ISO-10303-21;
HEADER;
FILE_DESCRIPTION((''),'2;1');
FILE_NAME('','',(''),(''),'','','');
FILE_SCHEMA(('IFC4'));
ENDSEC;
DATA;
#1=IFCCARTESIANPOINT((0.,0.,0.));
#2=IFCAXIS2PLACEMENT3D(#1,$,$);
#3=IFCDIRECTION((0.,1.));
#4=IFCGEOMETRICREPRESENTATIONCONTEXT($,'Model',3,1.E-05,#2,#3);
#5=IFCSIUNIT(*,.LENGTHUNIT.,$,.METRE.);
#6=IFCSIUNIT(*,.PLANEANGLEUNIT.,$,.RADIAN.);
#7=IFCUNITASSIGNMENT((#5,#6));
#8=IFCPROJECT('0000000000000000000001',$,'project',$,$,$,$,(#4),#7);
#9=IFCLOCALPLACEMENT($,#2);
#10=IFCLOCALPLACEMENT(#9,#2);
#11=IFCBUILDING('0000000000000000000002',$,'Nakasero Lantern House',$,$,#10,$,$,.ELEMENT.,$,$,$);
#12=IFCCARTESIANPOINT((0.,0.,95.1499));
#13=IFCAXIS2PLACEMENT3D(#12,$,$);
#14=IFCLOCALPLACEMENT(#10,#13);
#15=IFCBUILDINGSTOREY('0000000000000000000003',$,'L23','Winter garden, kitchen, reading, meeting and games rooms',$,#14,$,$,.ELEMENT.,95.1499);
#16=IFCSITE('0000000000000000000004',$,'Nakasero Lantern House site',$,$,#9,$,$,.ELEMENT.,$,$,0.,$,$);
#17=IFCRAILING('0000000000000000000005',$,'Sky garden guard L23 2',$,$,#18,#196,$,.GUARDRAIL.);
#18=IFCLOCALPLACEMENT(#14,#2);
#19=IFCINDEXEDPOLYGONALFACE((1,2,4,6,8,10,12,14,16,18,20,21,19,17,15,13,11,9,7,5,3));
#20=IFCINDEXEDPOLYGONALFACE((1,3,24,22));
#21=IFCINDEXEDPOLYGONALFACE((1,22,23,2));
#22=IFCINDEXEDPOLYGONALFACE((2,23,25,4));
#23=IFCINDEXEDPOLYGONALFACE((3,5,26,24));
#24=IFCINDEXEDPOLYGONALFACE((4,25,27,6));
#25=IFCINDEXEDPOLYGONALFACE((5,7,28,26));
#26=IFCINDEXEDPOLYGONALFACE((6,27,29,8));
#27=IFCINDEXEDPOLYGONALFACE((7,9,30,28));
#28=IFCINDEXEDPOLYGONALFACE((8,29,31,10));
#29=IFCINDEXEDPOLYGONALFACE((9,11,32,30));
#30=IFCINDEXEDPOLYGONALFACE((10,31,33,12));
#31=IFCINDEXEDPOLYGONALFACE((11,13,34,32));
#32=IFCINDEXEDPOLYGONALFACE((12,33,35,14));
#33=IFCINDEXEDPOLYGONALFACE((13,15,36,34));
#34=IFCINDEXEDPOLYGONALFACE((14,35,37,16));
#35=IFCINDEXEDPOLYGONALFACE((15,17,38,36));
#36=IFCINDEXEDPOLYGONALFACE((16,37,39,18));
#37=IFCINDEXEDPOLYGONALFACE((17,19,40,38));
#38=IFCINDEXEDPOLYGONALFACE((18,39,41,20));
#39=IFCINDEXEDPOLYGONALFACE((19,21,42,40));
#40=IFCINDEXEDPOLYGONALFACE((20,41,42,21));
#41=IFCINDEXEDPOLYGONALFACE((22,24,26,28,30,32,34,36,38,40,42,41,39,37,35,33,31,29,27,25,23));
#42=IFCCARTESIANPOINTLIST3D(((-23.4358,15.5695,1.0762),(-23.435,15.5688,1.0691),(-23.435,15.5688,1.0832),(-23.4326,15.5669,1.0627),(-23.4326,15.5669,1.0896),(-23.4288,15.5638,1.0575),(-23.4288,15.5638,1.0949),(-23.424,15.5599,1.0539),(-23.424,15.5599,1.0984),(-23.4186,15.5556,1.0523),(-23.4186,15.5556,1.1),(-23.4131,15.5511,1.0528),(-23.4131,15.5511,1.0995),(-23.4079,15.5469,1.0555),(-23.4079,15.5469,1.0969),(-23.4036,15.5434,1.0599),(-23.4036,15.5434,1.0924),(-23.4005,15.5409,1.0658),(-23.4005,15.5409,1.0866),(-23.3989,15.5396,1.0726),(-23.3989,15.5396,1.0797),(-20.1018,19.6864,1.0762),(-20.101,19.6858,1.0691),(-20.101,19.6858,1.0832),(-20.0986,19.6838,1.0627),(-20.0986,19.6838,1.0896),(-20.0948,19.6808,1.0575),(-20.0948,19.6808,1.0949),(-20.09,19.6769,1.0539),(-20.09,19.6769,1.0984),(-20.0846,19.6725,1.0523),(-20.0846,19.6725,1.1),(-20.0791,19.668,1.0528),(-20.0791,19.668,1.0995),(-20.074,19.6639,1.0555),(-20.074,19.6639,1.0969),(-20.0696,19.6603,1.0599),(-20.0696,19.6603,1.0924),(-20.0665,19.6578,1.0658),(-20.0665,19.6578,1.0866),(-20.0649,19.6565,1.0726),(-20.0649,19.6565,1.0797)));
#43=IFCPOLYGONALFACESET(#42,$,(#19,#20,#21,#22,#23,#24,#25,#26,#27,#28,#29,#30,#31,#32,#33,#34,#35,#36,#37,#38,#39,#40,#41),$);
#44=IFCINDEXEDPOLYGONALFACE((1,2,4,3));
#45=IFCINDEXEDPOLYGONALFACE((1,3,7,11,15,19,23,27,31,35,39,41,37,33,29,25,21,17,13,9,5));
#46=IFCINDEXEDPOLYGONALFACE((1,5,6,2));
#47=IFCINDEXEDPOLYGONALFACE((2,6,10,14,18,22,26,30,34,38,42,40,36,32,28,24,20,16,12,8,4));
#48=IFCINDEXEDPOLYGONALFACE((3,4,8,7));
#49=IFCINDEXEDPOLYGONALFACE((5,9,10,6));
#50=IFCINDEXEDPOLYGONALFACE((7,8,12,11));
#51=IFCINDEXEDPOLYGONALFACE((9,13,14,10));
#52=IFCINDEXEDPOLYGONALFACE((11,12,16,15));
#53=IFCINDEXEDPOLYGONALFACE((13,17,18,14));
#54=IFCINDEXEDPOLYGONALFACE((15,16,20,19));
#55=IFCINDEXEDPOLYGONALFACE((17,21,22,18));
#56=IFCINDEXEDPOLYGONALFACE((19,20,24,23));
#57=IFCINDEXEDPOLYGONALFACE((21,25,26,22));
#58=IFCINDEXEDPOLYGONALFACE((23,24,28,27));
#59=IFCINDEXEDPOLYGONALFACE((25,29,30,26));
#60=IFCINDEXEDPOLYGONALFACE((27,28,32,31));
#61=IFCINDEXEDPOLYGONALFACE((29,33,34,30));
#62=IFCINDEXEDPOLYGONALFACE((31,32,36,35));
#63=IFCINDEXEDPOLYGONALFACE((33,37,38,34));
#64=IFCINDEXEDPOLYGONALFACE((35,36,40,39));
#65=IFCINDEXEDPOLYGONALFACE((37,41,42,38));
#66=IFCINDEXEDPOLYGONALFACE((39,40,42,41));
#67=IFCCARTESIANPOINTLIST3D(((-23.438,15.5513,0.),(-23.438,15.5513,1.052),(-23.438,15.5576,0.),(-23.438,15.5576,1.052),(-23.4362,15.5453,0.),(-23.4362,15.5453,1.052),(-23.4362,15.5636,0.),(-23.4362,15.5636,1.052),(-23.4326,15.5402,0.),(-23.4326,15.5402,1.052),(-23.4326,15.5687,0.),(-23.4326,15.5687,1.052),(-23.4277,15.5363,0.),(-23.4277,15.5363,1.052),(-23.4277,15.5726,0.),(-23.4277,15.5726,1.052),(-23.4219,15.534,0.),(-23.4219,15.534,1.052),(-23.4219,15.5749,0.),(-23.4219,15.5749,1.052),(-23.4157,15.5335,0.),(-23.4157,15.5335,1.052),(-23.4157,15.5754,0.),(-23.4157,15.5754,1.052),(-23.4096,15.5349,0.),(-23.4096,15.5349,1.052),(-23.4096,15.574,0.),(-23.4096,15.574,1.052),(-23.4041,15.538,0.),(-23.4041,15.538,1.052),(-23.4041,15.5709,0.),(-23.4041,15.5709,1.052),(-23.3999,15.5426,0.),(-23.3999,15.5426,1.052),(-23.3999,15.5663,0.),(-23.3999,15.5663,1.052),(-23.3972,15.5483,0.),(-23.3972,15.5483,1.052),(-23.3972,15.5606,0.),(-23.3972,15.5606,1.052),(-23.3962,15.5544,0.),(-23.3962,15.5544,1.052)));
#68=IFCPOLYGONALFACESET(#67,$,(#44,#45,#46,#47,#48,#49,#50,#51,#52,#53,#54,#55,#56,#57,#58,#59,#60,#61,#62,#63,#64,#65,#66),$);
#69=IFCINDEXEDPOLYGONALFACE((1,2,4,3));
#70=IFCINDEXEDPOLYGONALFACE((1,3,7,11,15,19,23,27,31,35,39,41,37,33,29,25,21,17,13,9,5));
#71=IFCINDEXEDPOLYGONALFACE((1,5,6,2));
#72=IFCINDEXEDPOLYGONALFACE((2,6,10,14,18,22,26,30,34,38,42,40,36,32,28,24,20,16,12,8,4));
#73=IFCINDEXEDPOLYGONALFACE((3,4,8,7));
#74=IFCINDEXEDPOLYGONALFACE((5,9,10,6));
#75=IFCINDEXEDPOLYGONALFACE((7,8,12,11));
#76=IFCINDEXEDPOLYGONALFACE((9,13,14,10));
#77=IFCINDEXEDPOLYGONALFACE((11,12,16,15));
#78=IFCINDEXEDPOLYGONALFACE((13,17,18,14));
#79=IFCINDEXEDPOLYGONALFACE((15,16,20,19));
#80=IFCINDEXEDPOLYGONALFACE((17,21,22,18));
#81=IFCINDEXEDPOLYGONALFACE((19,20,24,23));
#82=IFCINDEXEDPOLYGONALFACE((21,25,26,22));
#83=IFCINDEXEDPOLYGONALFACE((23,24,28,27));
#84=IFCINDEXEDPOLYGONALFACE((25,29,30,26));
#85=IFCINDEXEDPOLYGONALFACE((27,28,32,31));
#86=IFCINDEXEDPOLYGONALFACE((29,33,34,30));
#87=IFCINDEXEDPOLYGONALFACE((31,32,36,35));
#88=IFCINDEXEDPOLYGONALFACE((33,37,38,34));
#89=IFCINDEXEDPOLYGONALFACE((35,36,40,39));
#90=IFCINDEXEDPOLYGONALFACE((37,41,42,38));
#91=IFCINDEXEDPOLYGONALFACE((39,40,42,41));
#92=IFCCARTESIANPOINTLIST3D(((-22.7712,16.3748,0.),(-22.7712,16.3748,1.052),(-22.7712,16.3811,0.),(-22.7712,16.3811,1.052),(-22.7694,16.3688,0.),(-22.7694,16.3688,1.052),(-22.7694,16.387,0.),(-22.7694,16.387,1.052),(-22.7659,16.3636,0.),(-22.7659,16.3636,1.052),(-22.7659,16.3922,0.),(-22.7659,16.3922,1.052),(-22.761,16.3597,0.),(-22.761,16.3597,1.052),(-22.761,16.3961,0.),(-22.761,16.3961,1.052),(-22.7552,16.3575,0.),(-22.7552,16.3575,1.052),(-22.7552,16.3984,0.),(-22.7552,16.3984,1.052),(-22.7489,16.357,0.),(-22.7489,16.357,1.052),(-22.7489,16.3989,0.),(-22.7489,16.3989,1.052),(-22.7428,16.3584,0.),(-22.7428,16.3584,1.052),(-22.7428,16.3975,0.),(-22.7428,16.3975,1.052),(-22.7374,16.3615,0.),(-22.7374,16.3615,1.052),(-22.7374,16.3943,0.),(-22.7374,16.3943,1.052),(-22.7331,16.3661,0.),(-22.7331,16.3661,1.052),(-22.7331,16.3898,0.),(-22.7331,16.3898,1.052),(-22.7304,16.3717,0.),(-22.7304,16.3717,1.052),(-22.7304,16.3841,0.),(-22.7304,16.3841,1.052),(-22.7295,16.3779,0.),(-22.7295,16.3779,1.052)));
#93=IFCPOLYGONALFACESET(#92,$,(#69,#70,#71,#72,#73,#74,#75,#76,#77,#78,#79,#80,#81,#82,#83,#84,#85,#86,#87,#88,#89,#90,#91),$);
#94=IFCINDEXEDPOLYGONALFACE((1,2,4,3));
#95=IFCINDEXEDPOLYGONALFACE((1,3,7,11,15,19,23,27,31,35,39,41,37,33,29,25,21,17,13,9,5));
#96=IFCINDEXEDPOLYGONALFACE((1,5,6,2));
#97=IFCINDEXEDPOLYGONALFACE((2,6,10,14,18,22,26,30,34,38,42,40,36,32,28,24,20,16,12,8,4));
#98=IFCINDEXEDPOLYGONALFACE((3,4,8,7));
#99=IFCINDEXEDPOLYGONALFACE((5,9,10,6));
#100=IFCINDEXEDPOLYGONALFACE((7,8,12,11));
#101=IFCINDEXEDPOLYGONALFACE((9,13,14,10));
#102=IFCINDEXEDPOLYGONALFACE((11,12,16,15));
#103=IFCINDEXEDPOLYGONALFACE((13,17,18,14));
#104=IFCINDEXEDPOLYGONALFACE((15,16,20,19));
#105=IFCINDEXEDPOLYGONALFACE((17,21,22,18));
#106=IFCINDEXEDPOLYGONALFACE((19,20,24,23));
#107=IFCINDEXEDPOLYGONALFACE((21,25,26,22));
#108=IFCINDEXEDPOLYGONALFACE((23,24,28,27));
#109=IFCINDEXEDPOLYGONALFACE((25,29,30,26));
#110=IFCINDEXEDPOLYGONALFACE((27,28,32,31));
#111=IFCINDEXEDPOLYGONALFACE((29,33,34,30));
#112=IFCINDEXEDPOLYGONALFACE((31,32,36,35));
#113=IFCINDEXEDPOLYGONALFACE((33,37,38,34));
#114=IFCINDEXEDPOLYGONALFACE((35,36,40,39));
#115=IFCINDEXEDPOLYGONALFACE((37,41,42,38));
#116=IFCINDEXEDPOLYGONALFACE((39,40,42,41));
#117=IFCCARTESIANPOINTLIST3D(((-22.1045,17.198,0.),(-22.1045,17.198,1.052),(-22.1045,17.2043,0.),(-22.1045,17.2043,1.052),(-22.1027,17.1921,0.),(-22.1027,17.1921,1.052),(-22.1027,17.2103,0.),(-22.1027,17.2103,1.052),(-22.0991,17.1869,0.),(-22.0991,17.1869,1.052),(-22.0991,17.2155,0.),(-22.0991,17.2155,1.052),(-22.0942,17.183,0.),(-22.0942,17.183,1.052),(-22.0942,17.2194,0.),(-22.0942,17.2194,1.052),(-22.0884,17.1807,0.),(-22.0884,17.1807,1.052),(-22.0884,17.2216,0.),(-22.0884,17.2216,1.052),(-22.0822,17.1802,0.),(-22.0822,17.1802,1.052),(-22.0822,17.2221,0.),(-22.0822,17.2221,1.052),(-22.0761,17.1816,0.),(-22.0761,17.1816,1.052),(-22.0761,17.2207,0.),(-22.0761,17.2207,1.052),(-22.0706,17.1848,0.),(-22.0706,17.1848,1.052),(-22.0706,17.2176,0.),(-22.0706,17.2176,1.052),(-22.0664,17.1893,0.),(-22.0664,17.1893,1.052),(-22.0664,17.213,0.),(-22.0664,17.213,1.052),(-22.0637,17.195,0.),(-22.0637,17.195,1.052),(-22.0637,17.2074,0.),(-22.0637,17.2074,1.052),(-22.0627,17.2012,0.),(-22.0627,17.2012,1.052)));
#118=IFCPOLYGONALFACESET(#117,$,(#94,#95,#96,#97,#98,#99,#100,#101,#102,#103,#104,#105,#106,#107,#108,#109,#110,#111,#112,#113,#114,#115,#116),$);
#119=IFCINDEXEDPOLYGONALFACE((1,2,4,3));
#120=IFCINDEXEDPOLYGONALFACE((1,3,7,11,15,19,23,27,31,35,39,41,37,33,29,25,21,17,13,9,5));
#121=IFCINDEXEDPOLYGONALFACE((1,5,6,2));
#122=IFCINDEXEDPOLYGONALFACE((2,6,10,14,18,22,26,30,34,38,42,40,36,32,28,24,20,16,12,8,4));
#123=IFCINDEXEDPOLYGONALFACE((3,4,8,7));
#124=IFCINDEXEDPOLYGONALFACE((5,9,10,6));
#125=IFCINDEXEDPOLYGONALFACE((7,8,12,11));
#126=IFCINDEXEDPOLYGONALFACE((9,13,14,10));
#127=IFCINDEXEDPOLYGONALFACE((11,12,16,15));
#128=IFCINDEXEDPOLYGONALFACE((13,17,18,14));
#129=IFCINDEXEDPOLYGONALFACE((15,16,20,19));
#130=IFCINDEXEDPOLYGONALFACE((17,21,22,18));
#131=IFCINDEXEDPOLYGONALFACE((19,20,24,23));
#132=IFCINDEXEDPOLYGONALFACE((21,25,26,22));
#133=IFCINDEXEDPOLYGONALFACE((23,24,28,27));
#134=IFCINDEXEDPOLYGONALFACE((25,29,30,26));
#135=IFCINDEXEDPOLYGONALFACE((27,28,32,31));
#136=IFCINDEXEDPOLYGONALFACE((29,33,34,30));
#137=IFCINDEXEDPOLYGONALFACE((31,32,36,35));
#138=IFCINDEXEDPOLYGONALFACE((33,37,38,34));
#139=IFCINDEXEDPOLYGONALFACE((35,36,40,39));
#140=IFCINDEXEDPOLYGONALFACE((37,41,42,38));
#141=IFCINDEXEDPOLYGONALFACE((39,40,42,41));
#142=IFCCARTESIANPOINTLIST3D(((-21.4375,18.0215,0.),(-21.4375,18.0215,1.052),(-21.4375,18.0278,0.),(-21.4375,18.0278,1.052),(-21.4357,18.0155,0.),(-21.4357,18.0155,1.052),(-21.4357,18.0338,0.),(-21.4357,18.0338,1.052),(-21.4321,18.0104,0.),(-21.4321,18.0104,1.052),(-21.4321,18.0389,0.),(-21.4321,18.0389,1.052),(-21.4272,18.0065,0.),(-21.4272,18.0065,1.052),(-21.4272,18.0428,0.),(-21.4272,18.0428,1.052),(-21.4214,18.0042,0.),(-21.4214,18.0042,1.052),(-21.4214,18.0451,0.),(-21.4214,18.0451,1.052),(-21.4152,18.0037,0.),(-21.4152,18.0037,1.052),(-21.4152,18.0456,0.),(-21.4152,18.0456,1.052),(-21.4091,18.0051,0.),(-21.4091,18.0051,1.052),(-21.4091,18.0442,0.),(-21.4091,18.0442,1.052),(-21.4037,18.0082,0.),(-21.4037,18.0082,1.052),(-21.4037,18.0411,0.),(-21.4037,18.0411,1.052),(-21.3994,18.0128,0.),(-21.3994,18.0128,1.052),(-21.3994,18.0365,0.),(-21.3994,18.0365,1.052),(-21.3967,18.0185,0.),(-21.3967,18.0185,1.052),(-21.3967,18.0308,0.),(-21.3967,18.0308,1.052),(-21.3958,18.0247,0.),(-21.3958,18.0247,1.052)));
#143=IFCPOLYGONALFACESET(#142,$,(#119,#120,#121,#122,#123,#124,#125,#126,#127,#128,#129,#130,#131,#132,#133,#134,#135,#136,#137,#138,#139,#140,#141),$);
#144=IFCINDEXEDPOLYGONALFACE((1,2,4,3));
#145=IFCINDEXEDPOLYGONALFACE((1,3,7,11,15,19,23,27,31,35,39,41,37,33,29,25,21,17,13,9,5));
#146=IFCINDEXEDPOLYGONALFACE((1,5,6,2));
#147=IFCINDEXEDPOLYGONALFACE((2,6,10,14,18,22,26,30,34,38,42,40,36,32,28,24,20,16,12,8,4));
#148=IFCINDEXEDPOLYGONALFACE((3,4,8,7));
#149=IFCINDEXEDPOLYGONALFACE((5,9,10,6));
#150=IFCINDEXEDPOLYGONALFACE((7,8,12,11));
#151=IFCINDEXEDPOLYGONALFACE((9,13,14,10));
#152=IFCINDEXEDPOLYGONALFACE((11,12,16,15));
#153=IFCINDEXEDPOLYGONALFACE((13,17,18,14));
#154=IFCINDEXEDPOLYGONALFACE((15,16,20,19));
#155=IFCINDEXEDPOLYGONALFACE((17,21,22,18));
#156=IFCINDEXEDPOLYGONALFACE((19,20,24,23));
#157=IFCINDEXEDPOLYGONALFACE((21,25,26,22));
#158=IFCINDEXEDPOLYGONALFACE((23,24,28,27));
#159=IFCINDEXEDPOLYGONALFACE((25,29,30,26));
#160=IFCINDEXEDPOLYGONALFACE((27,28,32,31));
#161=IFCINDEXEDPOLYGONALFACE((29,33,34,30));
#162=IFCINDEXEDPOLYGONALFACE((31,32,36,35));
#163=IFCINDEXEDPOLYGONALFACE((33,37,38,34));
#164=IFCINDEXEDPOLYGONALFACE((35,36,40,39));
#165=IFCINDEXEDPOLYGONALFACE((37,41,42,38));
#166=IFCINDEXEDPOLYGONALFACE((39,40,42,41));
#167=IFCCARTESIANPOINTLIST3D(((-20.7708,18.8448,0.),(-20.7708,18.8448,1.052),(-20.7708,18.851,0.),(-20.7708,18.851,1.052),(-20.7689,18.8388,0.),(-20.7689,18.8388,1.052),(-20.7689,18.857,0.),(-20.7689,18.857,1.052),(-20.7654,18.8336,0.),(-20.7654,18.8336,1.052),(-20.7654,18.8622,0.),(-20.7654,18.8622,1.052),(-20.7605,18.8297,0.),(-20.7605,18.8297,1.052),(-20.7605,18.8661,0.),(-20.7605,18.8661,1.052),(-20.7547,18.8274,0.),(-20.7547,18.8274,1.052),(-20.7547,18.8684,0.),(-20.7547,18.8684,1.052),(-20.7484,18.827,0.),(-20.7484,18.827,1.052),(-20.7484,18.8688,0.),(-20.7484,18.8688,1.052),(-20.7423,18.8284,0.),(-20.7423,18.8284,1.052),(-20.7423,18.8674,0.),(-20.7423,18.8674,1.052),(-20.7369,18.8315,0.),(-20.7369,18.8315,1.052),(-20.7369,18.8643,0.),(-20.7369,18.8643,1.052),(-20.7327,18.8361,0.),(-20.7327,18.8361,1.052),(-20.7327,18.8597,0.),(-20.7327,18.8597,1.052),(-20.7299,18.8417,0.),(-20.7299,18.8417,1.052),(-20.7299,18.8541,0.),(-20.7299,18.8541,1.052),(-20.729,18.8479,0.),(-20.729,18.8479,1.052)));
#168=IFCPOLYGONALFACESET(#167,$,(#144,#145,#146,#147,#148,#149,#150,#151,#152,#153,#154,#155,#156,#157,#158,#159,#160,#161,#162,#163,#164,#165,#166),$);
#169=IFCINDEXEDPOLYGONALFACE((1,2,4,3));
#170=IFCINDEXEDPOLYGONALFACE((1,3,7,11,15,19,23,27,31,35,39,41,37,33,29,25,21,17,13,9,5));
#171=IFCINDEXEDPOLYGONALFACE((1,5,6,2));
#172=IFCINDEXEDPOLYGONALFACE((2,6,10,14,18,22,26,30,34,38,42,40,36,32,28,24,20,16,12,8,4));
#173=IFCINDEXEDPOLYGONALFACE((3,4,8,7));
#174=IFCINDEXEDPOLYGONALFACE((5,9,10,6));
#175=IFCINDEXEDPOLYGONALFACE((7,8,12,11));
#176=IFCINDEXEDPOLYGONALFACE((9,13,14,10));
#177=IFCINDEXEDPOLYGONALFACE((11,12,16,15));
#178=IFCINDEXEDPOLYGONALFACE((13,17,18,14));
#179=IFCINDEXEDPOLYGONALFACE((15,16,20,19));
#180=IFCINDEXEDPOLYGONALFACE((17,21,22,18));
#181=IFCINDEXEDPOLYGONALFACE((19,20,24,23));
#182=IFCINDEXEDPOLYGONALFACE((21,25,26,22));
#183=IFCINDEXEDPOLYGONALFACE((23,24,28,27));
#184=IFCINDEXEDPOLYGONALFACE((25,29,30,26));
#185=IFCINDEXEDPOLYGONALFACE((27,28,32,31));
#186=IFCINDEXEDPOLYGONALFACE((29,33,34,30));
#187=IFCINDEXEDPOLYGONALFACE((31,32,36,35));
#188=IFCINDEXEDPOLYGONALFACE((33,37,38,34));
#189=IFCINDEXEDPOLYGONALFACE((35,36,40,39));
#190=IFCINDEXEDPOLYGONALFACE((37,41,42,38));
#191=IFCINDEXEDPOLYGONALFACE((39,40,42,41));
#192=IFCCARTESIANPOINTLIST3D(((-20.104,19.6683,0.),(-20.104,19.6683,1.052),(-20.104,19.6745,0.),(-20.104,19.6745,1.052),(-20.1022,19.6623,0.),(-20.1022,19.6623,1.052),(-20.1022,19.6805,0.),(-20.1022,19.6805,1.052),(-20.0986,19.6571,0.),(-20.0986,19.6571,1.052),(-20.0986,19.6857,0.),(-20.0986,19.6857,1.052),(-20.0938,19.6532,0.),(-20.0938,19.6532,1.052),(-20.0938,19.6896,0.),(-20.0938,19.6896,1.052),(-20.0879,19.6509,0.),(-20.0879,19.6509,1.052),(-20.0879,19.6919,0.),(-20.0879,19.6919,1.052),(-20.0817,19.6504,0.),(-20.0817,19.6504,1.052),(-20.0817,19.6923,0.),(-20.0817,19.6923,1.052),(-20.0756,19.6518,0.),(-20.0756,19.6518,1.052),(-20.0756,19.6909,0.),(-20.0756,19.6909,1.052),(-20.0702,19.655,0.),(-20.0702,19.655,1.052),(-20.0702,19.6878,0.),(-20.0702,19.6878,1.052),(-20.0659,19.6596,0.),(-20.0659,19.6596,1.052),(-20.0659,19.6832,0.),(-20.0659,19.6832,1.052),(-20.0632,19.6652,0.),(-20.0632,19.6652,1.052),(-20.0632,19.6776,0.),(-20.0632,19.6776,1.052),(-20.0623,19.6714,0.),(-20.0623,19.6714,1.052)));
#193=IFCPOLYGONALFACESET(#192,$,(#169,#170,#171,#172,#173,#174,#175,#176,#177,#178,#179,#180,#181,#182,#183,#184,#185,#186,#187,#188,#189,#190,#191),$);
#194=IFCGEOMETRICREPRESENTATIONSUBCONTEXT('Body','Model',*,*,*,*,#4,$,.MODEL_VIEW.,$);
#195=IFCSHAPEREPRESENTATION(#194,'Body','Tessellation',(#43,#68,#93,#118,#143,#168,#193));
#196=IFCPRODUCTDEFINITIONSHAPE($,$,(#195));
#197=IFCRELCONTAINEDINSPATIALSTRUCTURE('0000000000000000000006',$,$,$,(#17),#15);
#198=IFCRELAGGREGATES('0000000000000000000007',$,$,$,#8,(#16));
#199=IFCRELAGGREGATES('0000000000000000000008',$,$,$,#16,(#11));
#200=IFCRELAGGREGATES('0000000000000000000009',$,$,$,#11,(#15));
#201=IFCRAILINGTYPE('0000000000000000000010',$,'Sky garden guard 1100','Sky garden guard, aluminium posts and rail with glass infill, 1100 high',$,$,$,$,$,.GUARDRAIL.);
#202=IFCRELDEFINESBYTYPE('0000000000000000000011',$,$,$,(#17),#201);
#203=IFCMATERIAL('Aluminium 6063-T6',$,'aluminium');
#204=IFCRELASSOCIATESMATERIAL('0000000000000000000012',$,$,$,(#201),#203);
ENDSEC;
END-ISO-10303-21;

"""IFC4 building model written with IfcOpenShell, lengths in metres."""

from ifc_helpers import new_model, si_unit, direction, frame, origin, origin_2d, place, context, subcontext, project, spatial, circle, extrude, material, type_object, element, save


model = new_model("IFC4")

# Units and contexts
model_context = context("Model", 3, precision=1e-05, world=origin(), true_north=direction((0.0, 1.0)))
body_context = subcontext(model_context, "Body", "Model", "MODEL_VIEW")
ifc_project = project(units=[si_unit("LENGTHUNIT", "METRE"), si_unit("PLANEANGLEUNIT", "RADIAN")], contexts=[model_context])

# Site, building, storey
site_placement = place(None, origin())
site = spatial("IfcSite", under=ifc_project, at=site_placement, Name="Nakasero Lantern House site", CompositionType="ELEMENT", RefElevation=0.0)
building_placement = place(site_placement, origin())
building = spatial("IfcBuilding", under=site, at=building_placement, Name="Nakasero Lantern House", CompositionType="ELEMENT")
storey_placement = place(building_placement, frame((0.0, 0.0, 95.1499)))
storey = spatial("IfcBuildingStorey", under=building, at=storey_placement, Name="L23", Description="Winter garden, kitchen, reading, meeting and games rooms", CompositionType="ELEMENT", Elevation=95.1499)

# Railing
ifc_material_1 = material(Name="Aluminium 6063-T6", Category="aluminium")
railing_type = type_object("IfcRailingType", Name="Sky garden guard 1100", Description="Sky garden guard, aluminium posts and rail with glass infill, 1100 high", PredefinedType="GUARDRAIL", material=ifc_material_1)
railing_1_placement = place(storey_placement, frame((-23.4172, 15.5544, 0.0)))
element("IfcRailing", 1, at=railing_1_placement, inside=storey, type_object=railing_type, Name="Sky garden guard L23 2", PredefinedType="GUARDRAIL", context=body_context, shape_type="SweptSolid", body=[
    extrude(circle(Radius=0.0239, at=origin_2d()), frame((0.0, 0.0, 1.0762), z_axis=(0.629337, 0.777132, 0.0), x_axis=(-0.777132, 0.629337, 0.0)), (0.0, 0.0, 1.0), 5.2976),
    extrude(circle(Radius=0.021, at=origin_2d()), origin(), (0.0, 0.0, 1.0), 1.052),
    extrude(circle(Radius=0.021, at=origin_2d()), frame((0.6667, 0.8235, 0.0)), (0.0, 0.0, 1.0), 1.052),
    extrude(circle(Radius=0.021, at=origin_2d()), frame((1.3335, 1.6467, 0.0)), (0.0, 0.0, 1.0), 1.052),
    extrude(circle(Radius=0.021, at=origin_2d()), frame((2.0005, 2.4702, 0.0)), (0.0, 0.0, 1.0), 1.052),
    extrude(circle(Radius=0.021, at=origin_2d()), frame((2.6672, 3.2935, 0.0)), (0.0, 0.0, 1.0), 1.052),
    extrude(circle(Radius=0.021, at=origin_2d()), frame((3.334, 4.1169, 0.0)), (0.0, 0.0, 1.0), 1.052),
])

save(model, "model.ifc")
